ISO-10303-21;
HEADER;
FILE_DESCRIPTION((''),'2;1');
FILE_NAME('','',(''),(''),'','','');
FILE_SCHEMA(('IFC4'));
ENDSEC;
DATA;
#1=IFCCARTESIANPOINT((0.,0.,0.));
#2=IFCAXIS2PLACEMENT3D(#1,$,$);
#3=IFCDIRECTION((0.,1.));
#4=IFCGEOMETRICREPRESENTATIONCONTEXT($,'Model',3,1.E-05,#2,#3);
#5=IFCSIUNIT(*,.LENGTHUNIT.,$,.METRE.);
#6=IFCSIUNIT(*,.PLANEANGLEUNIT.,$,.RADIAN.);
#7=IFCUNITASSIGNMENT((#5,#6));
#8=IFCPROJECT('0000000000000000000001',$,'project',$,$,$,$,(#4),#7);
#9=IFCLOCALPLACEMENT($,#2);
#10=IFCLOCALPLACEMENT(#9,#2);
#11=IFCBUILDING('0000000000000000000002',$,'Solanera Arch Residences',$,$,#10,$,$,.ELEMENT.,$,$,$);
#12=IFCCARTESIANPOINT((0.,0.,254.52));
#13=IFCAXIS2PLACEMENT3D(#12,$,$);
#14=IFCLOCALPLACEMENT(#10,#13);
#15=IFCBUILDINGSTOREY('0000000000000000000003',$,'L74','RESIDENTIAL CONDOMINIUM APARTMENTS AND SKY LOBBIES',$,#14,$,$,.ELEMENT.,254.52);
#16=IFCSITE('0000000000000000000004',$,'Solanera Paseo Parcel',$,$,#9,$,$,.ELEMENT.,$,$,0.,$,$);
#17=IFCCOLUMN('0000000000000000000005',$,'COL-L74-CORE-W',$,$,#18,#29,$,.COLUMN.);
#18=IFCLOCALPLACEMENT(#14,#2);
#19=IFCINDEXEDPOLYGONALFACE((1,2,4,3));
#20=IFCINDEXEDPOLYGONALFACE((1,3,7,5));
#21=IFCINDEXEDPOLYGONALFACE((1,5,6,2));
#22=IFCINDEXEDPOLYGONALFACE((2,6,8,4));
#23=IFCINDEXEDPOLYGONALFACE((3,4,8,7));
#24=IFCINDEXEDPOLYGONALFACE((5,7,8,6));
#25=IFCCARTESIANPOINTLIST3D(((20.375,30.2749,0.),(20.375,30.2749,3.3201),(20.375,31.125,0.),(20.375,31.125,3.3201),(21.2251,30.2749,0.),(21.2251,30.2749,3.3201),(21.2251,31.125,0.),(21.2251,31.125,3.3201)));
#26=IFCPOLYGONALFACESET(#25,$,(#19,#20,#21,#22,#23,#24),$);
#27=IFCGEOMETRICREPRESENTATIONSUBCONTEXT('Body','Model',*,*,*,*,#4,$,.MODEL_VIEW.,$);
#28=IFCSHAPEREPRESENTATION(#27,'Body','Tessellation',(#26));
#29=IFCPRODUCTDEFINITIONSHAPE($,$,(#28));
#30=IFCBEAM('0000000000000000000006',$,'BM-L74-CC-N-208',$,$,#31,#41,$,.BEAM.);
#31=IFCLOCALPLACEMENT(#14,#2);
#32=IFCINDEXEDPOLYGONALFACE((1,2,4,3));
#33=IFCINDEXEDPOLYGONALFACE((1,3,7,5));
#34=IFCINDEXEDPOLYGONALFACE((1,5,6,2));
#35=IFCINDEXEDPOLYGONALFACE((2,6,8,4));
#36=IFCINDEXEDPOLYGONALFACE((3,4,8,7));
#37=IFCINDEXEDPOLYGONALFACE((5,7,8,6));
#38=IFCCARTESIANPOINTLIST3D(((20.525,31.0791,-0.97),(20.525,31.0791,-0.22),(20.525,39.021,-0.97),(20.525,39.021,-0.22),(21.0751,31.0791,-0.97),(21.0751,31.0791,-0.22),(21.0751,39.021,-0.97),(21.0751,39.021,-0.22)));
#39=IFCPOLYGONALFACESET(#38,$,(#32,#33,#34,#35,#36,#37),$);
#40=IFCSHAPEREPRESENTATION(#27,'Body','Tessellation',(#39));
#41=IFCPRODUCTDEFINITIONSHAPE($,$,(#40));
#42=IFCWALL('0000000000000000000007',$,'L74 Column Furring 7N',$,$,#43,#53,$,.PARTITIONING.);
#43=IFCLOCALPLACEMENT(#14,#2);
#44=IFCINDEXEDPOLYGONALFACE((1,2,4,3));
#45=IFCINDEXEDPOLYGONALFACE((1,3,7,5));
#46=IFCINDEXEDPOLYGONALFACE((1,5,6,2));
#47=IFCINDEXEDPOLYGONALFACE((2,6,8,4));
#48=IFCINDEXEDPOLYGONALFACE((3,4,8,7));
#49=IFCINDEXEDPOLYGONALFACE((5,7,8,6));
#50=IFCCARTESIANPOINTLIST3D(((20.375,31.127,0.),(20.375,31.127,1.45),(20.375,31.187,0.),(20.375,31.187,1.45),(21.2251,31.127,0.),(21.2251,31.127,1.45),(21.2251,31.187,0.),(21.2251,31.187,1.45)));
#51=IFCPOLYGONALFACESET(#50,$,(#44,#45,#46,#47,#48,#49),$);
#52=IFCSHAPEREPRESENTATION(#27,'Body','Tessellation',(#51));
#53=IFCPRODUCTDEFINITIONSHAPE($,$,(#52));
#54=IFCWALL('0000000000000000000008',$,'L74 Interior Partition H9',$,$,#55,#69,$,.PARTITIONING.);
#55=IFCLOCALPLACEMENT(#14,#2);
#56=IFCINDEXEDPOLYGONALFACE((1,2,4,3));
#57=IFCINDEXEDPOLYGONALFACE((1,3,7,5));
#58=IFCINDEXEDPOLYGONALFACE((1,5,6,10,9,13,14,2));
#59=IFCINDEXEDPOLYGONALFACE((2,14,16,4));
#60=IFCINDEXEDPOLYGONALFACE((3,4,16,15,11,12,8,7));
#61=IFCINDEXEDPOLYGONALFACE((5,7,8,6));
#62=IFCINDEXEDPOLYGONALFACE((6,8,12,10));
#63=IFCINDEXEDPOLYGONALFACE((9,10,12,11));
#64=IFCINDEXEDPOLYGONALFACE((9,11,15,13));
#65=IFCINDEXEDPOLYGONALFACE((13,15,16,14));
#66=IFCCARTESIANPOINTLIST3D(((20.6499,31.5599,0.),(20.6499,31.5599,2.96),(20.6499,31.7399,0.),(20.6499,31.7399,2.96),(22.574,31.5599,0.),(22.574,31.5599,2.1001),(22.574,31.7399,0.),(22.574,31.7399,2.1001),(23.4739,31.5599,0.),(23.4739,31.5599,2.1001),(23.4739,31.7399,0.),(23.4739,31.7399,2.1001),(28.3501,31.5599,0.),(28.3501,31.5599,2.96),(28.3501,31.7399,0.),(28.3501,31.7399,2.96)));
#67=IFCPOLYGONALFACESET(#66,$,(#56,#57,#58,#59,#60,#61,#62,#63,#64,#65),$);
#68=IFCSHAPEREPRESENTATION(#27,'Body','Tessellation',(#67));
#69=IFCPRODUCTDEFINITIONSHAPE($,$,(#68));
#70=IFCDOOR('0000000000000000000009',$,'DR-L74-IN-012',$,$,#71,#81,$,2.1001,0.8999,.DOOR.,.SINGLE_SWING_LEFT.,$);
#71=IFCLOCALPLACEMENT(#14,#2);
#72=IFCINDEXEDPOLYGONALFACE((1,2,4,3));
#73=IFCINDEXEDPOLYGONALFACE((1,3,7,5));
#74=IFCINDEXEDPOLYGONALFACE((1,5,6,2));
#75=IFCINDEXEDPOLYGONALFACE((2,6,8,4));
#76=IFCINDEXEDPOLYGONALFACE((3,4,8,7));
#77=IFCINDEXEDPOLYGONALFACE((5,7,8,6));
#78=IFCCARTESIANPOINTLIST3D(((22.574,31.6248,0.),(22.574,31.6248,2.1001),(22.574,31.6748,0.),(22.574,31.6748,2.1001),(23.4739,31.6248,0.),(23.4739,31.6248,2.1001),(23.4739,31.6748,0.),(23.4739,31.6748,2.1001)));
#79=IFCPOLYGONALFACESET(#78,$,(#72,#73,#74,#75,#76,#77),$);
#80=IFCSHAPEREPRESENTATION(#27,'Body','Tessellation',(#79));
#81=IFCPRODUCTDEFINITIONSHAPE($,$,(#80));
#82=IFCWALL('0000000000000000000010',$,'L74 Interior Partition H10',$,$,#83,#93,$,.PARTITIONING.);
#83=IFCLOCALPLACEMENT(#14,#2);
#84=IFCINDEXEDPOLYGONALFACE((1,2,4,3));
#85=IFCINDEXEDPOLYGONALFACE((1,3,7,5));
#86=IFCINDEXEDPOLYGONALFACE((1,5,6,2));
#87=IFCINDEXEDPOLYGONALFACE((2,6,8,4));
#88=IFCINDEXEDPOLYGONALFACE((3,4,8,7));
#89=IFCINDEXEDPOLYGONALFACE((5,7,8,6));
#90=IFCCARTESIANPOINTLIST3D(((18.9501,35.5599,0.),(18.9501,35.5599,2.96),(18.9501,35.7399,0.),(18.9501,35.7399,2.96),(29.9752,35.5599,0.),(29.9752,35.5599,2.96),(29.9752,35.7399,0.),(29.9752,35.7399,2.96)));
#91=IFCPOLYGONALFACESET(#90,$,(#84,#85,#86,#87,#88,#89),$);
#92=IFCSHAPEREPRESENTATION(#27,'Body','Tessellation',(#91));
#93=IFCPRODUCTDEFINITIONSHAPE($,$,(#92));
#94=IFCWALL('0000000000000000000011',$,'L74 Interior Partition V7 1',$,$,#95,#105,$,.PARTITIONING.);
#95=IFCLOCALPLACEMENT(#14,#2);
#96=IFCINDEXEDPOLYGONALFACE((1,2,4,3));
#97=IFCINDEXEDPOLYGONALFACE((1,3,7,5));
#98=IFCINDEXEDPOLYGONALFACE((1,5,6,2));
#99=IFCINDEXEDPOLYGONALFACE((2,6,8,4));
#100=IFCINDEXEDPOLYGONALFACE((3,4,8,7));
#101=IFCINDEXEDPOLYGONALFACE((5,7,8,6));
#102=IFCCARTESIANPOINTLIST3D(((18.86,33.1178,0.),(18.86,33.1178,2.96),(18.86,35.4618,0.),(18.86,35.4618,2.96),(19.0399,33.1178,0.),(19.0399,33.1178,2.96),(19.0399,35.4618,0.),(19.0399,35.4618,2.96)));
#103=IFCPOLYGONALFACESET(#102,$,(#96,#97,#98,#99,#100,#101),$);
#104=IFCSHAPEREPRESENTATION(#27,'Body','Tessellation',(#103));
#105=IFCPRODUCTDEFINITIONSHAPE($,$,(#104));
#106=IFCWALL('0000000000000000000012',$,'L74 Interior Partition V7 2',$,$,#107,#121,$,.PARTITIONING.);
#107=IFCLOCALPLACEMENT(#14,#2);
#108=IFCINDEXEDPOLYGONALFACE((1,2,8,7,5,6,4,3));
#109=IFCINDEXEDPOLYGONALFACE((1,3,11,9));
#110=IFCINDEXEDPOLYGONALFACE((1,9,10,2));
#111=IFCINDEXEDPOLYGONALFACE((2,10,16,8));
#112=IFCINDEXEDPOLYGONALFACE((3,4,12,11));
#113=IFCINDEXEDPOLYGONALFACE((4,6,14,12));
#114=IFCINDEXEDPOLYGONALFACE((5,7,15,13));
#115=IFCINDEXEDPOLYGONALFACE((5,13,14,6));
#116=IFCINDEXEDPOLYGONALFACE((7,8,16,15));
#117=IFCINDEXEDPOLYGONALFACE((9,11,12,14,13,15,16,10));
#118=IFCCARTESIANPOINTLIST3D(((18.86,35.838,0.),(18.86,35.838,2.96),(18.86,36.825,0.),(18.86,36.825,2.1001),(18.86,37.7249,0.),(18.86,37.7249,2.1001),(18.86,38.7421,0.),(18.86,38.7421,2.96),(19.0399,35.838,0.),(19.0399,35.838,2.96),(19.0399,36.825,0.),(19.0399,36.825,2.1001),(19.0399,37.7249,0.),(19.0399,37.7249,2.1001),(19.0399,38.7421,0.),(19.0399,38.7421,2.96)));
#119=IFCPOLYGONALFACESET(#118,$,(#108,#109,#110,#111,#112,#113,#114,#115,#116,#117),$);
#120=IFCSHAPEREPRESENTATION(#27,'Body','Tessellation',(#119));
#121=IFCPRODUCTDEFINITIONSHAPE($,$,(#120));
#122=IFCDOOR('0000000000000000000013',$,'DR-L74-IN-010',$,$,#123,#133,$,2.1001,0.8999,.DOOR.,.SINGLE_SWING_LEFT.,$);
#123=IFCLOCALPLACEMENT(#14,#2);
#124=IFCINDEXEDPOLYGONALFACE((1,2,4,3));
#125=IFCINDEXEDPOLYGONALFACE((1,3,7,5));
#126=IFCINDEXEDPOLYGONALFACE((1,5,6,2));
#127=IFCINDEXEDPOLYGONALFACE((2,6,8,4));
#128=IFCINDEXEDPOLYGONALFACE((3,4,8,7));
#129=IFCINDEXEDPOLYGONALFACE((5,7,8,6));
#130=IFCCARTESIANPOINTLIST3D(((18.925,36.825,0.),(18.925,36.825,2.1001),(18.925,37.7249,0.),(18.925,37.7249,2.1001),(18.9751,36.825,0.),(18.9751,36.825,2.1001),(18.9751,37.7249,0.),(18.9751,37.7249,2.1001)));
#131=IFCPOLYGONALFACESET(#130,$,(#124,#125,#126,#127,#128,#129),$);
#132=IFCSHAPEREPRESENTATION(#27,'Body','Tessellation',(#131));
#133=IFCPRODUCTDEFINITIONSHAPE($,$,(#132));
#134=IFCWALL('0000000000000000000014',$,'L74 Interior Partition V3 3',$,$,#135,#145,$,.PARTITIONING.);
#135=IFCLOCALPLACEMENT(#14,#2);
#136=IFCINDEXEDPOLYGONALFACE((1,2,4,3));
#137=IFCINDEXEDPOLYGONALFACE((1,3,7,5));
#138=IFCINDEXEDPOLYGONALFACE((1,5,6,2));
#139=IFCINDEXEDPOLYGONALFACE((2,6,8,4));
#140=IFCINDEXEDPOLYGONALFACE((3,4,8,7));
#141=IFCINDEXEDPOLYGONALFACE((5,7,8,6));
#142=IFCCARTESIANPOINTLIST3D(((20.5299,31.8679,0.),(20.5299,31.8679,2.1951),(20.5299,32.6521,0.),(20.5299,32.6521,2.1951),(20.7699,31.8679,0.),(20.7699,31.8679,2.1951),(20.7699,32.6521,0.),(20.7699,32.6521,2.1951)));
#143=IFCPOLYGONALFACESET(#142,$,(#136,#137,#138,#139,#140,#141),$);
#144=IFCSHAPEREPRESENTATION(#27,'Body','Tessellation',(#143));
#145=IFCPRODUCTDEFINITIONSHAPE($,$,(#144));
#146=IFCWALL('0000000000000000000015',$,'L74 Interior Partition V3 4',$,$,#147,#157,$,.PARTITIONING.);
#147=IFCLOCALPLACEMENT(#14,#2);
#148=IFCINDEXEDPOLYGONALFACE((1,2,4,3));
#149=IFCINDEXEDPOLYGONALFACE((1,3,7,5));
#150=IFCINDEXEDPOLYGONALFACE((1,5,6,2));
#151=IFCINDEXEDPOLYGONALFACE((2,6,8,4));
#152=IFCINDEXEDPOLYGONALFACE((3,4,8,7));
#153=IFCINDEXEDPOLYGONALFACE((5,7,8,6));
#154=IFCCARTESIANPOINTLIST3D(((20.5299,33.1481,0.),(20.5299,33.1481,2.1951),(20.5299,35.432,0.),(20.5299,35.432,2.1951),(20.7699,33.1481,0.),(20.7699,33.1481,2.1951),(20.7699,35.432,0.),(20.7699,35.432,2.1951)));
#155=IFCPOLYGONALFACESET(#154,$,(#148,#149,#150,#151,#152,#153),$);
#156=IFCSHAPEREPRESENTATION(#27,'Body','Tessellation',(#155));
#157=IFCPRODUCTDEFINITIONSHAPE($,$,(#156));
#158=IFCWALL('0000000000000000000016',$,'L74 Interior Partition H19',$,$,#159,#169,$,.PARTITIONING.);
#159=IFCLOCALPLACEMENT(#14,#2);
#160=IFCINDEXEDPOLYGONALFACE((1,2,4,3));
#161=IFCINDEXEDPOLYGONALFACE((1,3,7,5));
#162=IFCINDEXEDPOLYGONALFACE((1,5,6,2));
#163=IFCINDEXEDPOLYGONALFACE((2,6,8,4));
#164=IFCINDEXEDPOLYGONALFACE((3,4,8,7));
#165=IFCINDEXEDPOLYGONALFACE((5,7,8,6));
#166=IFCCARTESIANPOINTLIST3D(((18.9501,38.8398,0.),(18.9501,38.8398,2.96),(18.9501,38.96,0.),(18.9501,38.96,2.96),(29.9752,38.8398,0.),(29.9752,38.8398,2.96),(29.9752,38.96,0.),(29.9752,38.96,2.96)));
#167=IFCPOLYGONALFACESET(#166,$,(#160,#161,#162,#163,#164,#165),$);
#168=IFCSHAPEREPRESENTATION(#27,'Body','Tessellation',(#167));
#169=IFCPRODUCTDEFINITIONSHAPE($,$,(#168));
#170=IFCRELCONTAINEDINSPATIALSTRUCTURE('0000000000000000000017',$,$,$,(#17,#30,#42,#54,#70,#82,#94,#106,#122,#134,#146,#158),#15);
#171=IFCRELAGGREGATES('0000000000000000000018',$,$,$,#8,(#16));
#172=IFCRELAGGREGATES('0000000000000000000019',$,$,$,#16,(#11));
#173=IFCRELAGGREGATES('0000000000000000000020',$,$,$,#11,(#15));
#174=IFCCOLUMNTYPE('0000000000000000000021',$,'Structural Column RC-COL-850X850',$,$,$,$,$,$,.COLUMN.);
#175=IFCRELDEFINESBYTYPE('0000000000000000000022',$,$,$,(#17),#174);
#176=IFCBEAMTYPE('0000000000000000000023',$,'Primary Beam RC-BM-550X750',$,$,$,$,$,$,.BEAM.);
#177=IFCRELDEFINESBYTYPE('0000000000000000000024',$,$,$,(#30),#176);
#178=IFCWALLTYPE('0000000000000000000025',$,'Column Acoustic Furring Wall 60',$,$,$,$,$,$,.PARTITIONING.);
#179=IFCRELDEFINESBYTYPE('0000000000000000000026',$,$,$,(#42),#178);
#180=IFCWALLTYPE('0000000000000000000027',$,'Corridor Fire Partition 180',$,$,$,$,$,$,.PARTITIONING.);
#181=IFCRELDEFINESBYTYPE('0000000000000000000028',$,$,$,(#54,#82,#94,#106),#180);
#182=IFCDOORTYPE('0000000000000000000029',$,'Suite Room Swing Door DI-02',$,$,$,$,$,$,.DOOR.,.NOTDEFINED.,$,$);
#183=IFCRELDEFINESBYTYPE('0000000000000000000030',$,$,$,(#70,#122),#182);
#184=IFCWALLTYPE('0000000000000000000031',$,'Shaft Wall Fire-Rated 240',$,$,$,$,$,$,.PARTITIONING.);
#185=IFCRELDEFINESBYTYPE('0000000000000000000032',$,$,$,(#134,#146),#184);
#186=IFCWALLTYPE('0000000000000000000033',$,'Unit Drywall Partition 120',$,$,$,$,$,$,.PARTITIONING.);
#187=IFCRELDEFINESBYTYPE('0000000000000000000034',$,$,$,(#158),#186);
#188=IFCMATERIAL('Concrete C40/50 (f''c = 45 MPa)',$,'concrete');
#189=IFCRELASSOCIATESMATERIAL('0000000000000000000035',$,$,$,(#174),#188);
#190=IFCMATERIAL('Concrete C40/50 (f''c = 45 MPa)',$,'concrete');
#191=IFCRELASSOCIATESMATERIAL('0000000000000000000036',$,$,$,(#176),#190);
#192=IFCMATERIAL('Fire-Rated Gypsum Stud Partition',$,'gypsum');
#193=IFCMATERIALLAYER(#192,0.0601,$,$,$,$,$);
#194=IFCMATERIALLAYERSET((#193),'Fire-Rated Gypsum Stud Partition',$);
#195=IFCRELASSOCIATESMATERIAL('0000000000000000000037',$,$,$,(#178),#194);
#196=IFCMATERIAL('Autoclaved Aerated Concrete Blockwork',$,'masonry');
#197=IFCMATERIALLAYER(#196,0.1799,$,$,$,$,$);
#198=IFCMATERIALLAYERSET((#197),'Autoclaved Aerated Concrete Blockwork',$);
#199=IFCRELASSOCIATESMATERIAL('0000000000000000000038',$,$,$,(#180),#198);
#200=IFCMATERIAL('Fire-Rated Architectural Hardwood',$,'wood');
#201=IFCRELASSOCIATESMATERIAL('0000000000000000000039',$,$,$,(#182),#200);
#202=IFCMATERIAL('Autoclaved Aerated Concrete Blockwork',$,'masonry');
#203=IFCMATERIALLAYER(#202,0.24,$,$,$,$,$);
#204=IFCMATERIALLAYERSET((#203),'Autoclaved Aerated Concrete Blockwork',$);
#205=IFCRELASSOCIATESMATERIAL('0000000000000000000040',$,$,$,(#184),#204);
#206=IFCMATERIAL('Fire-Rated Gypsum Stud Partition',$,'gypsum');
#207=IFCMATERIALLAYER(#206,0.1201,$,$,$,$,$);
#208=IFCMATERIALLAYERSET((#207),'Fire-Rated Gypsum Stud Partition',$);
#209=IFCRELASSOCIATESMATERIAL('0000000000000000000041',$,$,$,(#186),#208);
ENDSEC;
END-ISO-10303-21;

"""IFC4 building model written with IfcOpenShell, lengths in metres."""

from ifc_helpers import new_model, si_unit, direction, frame, frame_2d, origin, origin_2d, place, context, subcontext, project, spatial, rectangle, extrude, material, layer, layer_set, material_profile, profile_set, type_object, element, fill, save


model = new_model("IFC4")

# Units and contexts
model_context = context("Model", 3, precision=1e-05, world=origin(), true_north=direction((0.0, 1.0)))
body_context = subcontext(model_context, "Body", "Model", "MODEL_VIEW")
ifc_project = project(units=[si_unit("LENGTHUNIT", "METRE"), si_unit("PLANEANGLEUNIT", "RADIAN")], contexts=[model_context])

# Site, building, storey
site_placement = place(None, origin())
site = spatial("IfcSite", under=ifc_project, at=site_placement, Name="Solanera Paseo Parcel", CompositionType="ELEMENT", RefElevation=0.0)
building_placement = place(site_placement, origin())
building = spatial("IfcBuilding", under=site, at=building_placement, Name="Solanera Arch Residences", CompositionType="ELEMENT")
storey_placement = place(building_placement, frame((0.0, 0.0, 254.52)))
storey = spatial("IfcBuildingStorey", under=building, at=storey_placement, Name="L74", Description="RESIDENTIAL CONDOMINIUM APARTMENTS AND SKY LOBBIES", CompositionType="ELEMENT", Elevation=254.52)

# Column
ifc_material_1 = material(Name="Concrete C40/50 (f'c = 45 MPa)", Category="concrete")
ifc_material_profile_1 = material_profile(ifc_material_1, rectangle(XDim=0.8501, YDim=0.8501, at=origin_2d()))
ifc_profile_set_1 = profile_set([ifc_material_profile_1], Name="Concrete C40/50 (f'c = 45 MPa)")
column_type = type_object("IfcColumnType", Name="Structural Column RC-COL-850X850", PredefinedType="COLUMN", material=ifc_profile_set_1)
column_placement = place(storey_placement, frame((20.8, 30.7, 0.0), z_axis=(0.0, 0.0, 1.0), x_axis=(1.0, 0.0, 0.0)))
element("IfcColumn", 1, at=column_placement, inside=storey, type_object=column_type, Name="COL-L74-CORE-W", PredefinedType="COLUMN", context=body_context, shape_type="SweptSolid", body=[
    extrude(rectangle(XDim=0.8501, YDim=0.8501, at=origin_2d()), origin(), (0.0, 0.0, 1.0), 3.3201),
])

# Beam
ifc_material_2 = material(Name="Concrete C40/50 (f'c = 45 MPa)", Category="concrete")
ifc_material_profile_2 = material_profile(ifc_material_2, rectangle(XDim=0.55, YDim=0.75, at=origin_2d()))
ifc_profile_set_2 = profile_set([ifc_material_profile_2], Name="Concrete C40/50 (f'c = 45 MPa)")
beam_type = type_object("IfcBeamType", Name="Primary Beam RC-BM-550X750", PredefinedType="BEAM", material=ifc_profile_set_2)
beam_placement = place(storey_placement, frame((20.8, 31.0791, -0.595), z_axis=(0.0, 1.0, 0.0), x_axis=(-1.0, 0.0, 0.0)))
element("IfcBeam", 2, at=beam_placement, inside=storey, type_object=beam_type, Name="BM-L74-CC-N-208", PredefinedType="BEAM", context=body_context, shape_type="SweptSolid", body=[
    extrude(rectangle(XDim=0.55, YDim=0.75, at=origin_2d()), origin(), (0.0, 0.0, 1.0), 7.9419),
])

# Wall
ifc_material_3 = material(Name="Fire-Rated Gypsum Stud Partition", Category="gypsum")
ifc_layer_1 = layer(ifc_material_3, 0.0601)
ifc_layer_set_1 = layer_set([ifc_layer_1], Name="Fire-Rated Gypsum Stud Partition")
wall_type_1 = type_object("IfcWallType", Name="Column Acoustic Furring Wall 60", PredefinedType="PARTITIONING", material=ifc_layer_set_1)
wall_1_placement = place(storey_placement, frame((20.375, 31.157, 0.0), z_axis=(0.0, 0.0, 1.0), x_axis=(1.0, 0.0, 0.0)))
element("IfcWall", 3, at=wall_1_placement, inside=storey, type_object=wall_type_1, Name="L74 Column Furring 7N", PredefinedType="PARTITIONING", context=body_context, shape_type="SweptSolid", body=[
    extrude(rectangle(XDim=0.8501, YDim=0.0601, at=frame_2d((0.425, 0.0))), origin(), (0.0, 0.0, 1.0), 1.45),
])

# Wall, opening, door
ifc_material_4 = material(Name="Autoclaved Aerated Concrete Blockwork", Category="masonry")
ifc_layer_2 = layer(ifc_material_4, 0.1799)
ifc_layer_set_2 = layer_set([ifc_layer_2], Name="Autoclaved Aerated Concrete Blockwork")
wall_type_2 = type_object("IfcWallType", Name="Corridor Fire Partition 180", PredefinedType="PARTITIONING", material=ifc_layer_set_2)
wall_2_placement = place(storey_placement, frame((20.6499, 31.6499, 0.0), z_axis=(0.0, 0.0, 1.0), x_axis=(1.0, 0.0, 0.0)))
wall_2 = element("IfcWall", 4, at=wall_2_placement, inside=storey, type_object=wall_type_2, Name="L74 Interior Partition H9", PredefinedType="PARTITIONING", context=body_context, shape_type="SweptSolid", body=[
    extrude(rectangle(XDim=7.7002, YDim=0.1799, at=frame_2d((3.8501, 0.0))), origin(), (0.0, 0.0, 1.0), 2.96),
])
opening_1_placement = place(wall_2_placement, frame((1.9241, 0.0, 0.0)))
opening_1 = element("IfcOpeningElement", 5, at=opening_1_placement, cuts=wall_2, PredefinedType="OPENING", context=body_context, shape_type="SweptSolid", body=[
    extrude(rectangle(XDim=0.8999, YDim=2.1001, at=frame_2d((0.45, 1.05))), frame((0.0, 0.1001, 0.0), z_axis=(0.0, -1.0, 0.0), x_axis=(1.0, 0.0, 0.0)), (0.0, 0.0, 1.0), 0.1999),
])
ifc_material_5 = material(Name="Fire-Rated Architectural Hardwood", Category="wood")
door_type_1 = type_object("IfcDoorType", Name="Suite Room Swing Door DI-02", OperationType="NOTDEFINED", PredefinedType="DOOR", material=ifc_material_5)
door_1_placement = place(opening_1_placement, origin())
door_1 = element("IfcDoor", 6, at=door_1_placement, inside=storey, type_object=door_type_1, Name="DR-L74-IN-012", OperationType="SINGLE_SWING_LEFT", OverallHeight=2.1001, OverallWidth=0.8999, PredefinedType="DOOR", context=body_context, shape_type="SweptSolid", body=[
    extrude(rectangle(XDim=0.8999, YDim=2.1001, at=frame_2d((0.45, 1.05))), frame((0.0, 0.0249, 0.0), z_axis=(0.0, -1.0, 0.0), x_axis=(1.0, 0.0, 0.0)), (0.0, 0.0, 1.0), 0.05),
])
fill(opening_1, door_1)

# Walls
wall_3_placement = place(storey_placement, frame((18.95, 35.6499, 0.0), z_axis=(0.0, 0.0, 1.0), x_axis=(1.0, 0.0, 0.0)))
element("IfcWall", 7, at=wall_3_placement, inside=storey, type_object=wall_type_2, Name="L74 Interior Partition H10", PredefinedType="PARTITIONING", context=body_context, shape_type="SweptSolid", body=[
    extrude(rectangle(XDim=11.0251, YDim=0.1799, at=frame_2d((5.5127, 0.0))), origin(), (0.0, 0.0, 1.0), 2.96),
])
wall_4_placement = place(storey_placement, frame((18.95, 33.1179, 0.0), z_axis=(0.0, 0.0, 1.0), x_axis=(0.0, 1.0, 0.0)))
element("IfcWall", 8, at=wall_4_placement, inside=storey, type_object=wall_type_2, Name="L74 Interior Partition V7 1", PredefinedType="PARTITIONING", context=body_context, shape_type="SweptSolid", body=[
    extrude(rectangle(XDim=2.344, YDim=0.1799, at=frame_2d((1.1719, 0.0))), origin(), (0.0, 0.0, 1.0), 2.96),
])

# Wall, opening, door
wall_5_placement = place(storey_placement, frame((18.95, 35.8379, 0.0), z_axis=(0.0, 0.0, 1.0), x_axis=(0.0, 1.0, 0.0)))
wall_5 = element("IfcWall", 9, at=wall_5_placement, inside=storey, type_object=wall_type_2, Name="L74 Interior Partition V7 2", PredefinedType="PARTITIONING", context=body_context, shape_type="SweptSolid", body=[
    extrude(rectangle(XDim=2.9041, YDim=0.1799, at=frame_2d((1.4521, 0.0))), origin(), (0.0, 0.0, 1.0), 2.96),
])
opening_2_placement = place(wall_5_placement, frame((0.9871, 0.0, 0.0)))
opening_2 = element("IfcOpeningElement", 10, at=opening_2_placement, cuts=wall_5, PredefinedType="OPENING", context=body_context, shape_type="SweptSolid", body=[
    extrude(rectangle(XDim=0.8999, YDim=2.1001, at=frame_2d((0.45, 1.05))), frame((0.0, 0.1001, 0.0), z_axis=(0.0, -1.0, 0.0), x_axis=(1.0, 0.0, 0.0)), (0.0, 0.0, 1.0), 0.1999),
])
door_2_placement = place(opening_2_placement, origin())
door_2 = element("IfcDoor", 11, at=door_2_placement, inside=storey, type_object=door_type_1, Name="DR-L74-IN-010", OperationType="SINGLE_SWING_LEFT", OverallHeight=2.1001, OverallWidth=0.8999, PredefinedType="DOOR", context=body_context, shape_type="SweptSolid", body=[
    extrude(rectangle(XDim=0.8999, YDim=2.1001, at=frame_2d((0.45, 1.05))), frame((0.0, 0.0249, 0.0), z_axis=(0.0, -1.0, 0.0), x_axis=(1.0, 0.0, 0.0)), (0.0, 0.0, 1.0), 0.05),
])
fill(opening_2, door_2)
ifc_material_6 = material(Name="Autoclaved Aerated Concrete Blockwork", Category="masonry")
ifc_layer_3 = layer(ifc_material_6, 0.24)
ifc_layer_set_3 = layer_set([ifc_layer_3], Name="Autoclaved Aerated Concrete Blockwork")
wall_type_3 = type_object("IfcWallType", Name="Shaft Wall Fire-Rated 240", PredefinedType="PARTITIONING", material=ifc_layer_set_3)

# Walls
wall_6_placement = place(storey_placement, frame((20.6499, 31.8679, 0.0), z_axis=(0.0, 0.0, 1.0), x_axis=(0.0, 1.0, 0.0)))
element("IfcWall", 12, at=wall_6_placement, inside=storey, type_object=wall_type_3, Name="L74 Interior Partition V3 3", PredefinedType="PARTITIONING", context=body_context, shape_type="SweptSolid", body=[
    extrude(rectangle(XDim=0.7842, YDim=0.24, at=frame_2d((0.3921, 0.0))), origin(), (0.0, 0.0, 1.0), 2.1951),
])
wall_7_placement = place(storey_placement, frame((20.6499, 33.1479, 0.0), z_axis=(0.0, 0.0, 1.0), x_axis=(0.0, 1.0, 0.0)))
element("IfcWall", 13, at=wall_7_placement, inside=storey, type_object=wall_type_3, Name="L74 Interior Partition V3 4", PredefinedType="PARTITIONING", context=body_context, shape_type="SweptSolid", body=[
    extrude(rectangle(XDim=2.2839, YDim=0.24, at=frame_2d((1.1421, 0.0))), origin(), (0.0, 0.0, 1.0), 2.1951),
])
ifc_material_7 = material(Name="Fire-Rated Gypsum Stud Partition", Category="gypsum")
ifc_layer_4 = layer(ifc_material_7, 0.1201)
ifc_layer_set_4 = layer_set([ifc_layer_4], Name="Fire-Rated Gypsum Stud Partition")
wall_type_4 = type_object("IfcWallType", Name="Unit Drywall Partition 120", PredefinedType="PARTITIONING", material=ifc_layer_set_4)
wall_8_placement = place(storey_placement, frame((18.95, 38.8999, 0.0), z_axis=(0.0, 0.0, 1.0), x_axis=(1.0, 0.0, 0.0)))
element("IfcWall", 14, at=wall_8_placement, inside=storey, type_object=wall_type_4, Name="L74 Interior Partition H19", PredefinedType="PARTITIONING", context=body_context, shape_type="SweptSolid", body=[
    extrude(rectangle(XDim=11.0251, YDim=0.1201, at=frame_2d((5.5127, 0.0))), origin(), (0.0, 0.0, 1.0), 2.96),
])

save(model, "model.ifc")
